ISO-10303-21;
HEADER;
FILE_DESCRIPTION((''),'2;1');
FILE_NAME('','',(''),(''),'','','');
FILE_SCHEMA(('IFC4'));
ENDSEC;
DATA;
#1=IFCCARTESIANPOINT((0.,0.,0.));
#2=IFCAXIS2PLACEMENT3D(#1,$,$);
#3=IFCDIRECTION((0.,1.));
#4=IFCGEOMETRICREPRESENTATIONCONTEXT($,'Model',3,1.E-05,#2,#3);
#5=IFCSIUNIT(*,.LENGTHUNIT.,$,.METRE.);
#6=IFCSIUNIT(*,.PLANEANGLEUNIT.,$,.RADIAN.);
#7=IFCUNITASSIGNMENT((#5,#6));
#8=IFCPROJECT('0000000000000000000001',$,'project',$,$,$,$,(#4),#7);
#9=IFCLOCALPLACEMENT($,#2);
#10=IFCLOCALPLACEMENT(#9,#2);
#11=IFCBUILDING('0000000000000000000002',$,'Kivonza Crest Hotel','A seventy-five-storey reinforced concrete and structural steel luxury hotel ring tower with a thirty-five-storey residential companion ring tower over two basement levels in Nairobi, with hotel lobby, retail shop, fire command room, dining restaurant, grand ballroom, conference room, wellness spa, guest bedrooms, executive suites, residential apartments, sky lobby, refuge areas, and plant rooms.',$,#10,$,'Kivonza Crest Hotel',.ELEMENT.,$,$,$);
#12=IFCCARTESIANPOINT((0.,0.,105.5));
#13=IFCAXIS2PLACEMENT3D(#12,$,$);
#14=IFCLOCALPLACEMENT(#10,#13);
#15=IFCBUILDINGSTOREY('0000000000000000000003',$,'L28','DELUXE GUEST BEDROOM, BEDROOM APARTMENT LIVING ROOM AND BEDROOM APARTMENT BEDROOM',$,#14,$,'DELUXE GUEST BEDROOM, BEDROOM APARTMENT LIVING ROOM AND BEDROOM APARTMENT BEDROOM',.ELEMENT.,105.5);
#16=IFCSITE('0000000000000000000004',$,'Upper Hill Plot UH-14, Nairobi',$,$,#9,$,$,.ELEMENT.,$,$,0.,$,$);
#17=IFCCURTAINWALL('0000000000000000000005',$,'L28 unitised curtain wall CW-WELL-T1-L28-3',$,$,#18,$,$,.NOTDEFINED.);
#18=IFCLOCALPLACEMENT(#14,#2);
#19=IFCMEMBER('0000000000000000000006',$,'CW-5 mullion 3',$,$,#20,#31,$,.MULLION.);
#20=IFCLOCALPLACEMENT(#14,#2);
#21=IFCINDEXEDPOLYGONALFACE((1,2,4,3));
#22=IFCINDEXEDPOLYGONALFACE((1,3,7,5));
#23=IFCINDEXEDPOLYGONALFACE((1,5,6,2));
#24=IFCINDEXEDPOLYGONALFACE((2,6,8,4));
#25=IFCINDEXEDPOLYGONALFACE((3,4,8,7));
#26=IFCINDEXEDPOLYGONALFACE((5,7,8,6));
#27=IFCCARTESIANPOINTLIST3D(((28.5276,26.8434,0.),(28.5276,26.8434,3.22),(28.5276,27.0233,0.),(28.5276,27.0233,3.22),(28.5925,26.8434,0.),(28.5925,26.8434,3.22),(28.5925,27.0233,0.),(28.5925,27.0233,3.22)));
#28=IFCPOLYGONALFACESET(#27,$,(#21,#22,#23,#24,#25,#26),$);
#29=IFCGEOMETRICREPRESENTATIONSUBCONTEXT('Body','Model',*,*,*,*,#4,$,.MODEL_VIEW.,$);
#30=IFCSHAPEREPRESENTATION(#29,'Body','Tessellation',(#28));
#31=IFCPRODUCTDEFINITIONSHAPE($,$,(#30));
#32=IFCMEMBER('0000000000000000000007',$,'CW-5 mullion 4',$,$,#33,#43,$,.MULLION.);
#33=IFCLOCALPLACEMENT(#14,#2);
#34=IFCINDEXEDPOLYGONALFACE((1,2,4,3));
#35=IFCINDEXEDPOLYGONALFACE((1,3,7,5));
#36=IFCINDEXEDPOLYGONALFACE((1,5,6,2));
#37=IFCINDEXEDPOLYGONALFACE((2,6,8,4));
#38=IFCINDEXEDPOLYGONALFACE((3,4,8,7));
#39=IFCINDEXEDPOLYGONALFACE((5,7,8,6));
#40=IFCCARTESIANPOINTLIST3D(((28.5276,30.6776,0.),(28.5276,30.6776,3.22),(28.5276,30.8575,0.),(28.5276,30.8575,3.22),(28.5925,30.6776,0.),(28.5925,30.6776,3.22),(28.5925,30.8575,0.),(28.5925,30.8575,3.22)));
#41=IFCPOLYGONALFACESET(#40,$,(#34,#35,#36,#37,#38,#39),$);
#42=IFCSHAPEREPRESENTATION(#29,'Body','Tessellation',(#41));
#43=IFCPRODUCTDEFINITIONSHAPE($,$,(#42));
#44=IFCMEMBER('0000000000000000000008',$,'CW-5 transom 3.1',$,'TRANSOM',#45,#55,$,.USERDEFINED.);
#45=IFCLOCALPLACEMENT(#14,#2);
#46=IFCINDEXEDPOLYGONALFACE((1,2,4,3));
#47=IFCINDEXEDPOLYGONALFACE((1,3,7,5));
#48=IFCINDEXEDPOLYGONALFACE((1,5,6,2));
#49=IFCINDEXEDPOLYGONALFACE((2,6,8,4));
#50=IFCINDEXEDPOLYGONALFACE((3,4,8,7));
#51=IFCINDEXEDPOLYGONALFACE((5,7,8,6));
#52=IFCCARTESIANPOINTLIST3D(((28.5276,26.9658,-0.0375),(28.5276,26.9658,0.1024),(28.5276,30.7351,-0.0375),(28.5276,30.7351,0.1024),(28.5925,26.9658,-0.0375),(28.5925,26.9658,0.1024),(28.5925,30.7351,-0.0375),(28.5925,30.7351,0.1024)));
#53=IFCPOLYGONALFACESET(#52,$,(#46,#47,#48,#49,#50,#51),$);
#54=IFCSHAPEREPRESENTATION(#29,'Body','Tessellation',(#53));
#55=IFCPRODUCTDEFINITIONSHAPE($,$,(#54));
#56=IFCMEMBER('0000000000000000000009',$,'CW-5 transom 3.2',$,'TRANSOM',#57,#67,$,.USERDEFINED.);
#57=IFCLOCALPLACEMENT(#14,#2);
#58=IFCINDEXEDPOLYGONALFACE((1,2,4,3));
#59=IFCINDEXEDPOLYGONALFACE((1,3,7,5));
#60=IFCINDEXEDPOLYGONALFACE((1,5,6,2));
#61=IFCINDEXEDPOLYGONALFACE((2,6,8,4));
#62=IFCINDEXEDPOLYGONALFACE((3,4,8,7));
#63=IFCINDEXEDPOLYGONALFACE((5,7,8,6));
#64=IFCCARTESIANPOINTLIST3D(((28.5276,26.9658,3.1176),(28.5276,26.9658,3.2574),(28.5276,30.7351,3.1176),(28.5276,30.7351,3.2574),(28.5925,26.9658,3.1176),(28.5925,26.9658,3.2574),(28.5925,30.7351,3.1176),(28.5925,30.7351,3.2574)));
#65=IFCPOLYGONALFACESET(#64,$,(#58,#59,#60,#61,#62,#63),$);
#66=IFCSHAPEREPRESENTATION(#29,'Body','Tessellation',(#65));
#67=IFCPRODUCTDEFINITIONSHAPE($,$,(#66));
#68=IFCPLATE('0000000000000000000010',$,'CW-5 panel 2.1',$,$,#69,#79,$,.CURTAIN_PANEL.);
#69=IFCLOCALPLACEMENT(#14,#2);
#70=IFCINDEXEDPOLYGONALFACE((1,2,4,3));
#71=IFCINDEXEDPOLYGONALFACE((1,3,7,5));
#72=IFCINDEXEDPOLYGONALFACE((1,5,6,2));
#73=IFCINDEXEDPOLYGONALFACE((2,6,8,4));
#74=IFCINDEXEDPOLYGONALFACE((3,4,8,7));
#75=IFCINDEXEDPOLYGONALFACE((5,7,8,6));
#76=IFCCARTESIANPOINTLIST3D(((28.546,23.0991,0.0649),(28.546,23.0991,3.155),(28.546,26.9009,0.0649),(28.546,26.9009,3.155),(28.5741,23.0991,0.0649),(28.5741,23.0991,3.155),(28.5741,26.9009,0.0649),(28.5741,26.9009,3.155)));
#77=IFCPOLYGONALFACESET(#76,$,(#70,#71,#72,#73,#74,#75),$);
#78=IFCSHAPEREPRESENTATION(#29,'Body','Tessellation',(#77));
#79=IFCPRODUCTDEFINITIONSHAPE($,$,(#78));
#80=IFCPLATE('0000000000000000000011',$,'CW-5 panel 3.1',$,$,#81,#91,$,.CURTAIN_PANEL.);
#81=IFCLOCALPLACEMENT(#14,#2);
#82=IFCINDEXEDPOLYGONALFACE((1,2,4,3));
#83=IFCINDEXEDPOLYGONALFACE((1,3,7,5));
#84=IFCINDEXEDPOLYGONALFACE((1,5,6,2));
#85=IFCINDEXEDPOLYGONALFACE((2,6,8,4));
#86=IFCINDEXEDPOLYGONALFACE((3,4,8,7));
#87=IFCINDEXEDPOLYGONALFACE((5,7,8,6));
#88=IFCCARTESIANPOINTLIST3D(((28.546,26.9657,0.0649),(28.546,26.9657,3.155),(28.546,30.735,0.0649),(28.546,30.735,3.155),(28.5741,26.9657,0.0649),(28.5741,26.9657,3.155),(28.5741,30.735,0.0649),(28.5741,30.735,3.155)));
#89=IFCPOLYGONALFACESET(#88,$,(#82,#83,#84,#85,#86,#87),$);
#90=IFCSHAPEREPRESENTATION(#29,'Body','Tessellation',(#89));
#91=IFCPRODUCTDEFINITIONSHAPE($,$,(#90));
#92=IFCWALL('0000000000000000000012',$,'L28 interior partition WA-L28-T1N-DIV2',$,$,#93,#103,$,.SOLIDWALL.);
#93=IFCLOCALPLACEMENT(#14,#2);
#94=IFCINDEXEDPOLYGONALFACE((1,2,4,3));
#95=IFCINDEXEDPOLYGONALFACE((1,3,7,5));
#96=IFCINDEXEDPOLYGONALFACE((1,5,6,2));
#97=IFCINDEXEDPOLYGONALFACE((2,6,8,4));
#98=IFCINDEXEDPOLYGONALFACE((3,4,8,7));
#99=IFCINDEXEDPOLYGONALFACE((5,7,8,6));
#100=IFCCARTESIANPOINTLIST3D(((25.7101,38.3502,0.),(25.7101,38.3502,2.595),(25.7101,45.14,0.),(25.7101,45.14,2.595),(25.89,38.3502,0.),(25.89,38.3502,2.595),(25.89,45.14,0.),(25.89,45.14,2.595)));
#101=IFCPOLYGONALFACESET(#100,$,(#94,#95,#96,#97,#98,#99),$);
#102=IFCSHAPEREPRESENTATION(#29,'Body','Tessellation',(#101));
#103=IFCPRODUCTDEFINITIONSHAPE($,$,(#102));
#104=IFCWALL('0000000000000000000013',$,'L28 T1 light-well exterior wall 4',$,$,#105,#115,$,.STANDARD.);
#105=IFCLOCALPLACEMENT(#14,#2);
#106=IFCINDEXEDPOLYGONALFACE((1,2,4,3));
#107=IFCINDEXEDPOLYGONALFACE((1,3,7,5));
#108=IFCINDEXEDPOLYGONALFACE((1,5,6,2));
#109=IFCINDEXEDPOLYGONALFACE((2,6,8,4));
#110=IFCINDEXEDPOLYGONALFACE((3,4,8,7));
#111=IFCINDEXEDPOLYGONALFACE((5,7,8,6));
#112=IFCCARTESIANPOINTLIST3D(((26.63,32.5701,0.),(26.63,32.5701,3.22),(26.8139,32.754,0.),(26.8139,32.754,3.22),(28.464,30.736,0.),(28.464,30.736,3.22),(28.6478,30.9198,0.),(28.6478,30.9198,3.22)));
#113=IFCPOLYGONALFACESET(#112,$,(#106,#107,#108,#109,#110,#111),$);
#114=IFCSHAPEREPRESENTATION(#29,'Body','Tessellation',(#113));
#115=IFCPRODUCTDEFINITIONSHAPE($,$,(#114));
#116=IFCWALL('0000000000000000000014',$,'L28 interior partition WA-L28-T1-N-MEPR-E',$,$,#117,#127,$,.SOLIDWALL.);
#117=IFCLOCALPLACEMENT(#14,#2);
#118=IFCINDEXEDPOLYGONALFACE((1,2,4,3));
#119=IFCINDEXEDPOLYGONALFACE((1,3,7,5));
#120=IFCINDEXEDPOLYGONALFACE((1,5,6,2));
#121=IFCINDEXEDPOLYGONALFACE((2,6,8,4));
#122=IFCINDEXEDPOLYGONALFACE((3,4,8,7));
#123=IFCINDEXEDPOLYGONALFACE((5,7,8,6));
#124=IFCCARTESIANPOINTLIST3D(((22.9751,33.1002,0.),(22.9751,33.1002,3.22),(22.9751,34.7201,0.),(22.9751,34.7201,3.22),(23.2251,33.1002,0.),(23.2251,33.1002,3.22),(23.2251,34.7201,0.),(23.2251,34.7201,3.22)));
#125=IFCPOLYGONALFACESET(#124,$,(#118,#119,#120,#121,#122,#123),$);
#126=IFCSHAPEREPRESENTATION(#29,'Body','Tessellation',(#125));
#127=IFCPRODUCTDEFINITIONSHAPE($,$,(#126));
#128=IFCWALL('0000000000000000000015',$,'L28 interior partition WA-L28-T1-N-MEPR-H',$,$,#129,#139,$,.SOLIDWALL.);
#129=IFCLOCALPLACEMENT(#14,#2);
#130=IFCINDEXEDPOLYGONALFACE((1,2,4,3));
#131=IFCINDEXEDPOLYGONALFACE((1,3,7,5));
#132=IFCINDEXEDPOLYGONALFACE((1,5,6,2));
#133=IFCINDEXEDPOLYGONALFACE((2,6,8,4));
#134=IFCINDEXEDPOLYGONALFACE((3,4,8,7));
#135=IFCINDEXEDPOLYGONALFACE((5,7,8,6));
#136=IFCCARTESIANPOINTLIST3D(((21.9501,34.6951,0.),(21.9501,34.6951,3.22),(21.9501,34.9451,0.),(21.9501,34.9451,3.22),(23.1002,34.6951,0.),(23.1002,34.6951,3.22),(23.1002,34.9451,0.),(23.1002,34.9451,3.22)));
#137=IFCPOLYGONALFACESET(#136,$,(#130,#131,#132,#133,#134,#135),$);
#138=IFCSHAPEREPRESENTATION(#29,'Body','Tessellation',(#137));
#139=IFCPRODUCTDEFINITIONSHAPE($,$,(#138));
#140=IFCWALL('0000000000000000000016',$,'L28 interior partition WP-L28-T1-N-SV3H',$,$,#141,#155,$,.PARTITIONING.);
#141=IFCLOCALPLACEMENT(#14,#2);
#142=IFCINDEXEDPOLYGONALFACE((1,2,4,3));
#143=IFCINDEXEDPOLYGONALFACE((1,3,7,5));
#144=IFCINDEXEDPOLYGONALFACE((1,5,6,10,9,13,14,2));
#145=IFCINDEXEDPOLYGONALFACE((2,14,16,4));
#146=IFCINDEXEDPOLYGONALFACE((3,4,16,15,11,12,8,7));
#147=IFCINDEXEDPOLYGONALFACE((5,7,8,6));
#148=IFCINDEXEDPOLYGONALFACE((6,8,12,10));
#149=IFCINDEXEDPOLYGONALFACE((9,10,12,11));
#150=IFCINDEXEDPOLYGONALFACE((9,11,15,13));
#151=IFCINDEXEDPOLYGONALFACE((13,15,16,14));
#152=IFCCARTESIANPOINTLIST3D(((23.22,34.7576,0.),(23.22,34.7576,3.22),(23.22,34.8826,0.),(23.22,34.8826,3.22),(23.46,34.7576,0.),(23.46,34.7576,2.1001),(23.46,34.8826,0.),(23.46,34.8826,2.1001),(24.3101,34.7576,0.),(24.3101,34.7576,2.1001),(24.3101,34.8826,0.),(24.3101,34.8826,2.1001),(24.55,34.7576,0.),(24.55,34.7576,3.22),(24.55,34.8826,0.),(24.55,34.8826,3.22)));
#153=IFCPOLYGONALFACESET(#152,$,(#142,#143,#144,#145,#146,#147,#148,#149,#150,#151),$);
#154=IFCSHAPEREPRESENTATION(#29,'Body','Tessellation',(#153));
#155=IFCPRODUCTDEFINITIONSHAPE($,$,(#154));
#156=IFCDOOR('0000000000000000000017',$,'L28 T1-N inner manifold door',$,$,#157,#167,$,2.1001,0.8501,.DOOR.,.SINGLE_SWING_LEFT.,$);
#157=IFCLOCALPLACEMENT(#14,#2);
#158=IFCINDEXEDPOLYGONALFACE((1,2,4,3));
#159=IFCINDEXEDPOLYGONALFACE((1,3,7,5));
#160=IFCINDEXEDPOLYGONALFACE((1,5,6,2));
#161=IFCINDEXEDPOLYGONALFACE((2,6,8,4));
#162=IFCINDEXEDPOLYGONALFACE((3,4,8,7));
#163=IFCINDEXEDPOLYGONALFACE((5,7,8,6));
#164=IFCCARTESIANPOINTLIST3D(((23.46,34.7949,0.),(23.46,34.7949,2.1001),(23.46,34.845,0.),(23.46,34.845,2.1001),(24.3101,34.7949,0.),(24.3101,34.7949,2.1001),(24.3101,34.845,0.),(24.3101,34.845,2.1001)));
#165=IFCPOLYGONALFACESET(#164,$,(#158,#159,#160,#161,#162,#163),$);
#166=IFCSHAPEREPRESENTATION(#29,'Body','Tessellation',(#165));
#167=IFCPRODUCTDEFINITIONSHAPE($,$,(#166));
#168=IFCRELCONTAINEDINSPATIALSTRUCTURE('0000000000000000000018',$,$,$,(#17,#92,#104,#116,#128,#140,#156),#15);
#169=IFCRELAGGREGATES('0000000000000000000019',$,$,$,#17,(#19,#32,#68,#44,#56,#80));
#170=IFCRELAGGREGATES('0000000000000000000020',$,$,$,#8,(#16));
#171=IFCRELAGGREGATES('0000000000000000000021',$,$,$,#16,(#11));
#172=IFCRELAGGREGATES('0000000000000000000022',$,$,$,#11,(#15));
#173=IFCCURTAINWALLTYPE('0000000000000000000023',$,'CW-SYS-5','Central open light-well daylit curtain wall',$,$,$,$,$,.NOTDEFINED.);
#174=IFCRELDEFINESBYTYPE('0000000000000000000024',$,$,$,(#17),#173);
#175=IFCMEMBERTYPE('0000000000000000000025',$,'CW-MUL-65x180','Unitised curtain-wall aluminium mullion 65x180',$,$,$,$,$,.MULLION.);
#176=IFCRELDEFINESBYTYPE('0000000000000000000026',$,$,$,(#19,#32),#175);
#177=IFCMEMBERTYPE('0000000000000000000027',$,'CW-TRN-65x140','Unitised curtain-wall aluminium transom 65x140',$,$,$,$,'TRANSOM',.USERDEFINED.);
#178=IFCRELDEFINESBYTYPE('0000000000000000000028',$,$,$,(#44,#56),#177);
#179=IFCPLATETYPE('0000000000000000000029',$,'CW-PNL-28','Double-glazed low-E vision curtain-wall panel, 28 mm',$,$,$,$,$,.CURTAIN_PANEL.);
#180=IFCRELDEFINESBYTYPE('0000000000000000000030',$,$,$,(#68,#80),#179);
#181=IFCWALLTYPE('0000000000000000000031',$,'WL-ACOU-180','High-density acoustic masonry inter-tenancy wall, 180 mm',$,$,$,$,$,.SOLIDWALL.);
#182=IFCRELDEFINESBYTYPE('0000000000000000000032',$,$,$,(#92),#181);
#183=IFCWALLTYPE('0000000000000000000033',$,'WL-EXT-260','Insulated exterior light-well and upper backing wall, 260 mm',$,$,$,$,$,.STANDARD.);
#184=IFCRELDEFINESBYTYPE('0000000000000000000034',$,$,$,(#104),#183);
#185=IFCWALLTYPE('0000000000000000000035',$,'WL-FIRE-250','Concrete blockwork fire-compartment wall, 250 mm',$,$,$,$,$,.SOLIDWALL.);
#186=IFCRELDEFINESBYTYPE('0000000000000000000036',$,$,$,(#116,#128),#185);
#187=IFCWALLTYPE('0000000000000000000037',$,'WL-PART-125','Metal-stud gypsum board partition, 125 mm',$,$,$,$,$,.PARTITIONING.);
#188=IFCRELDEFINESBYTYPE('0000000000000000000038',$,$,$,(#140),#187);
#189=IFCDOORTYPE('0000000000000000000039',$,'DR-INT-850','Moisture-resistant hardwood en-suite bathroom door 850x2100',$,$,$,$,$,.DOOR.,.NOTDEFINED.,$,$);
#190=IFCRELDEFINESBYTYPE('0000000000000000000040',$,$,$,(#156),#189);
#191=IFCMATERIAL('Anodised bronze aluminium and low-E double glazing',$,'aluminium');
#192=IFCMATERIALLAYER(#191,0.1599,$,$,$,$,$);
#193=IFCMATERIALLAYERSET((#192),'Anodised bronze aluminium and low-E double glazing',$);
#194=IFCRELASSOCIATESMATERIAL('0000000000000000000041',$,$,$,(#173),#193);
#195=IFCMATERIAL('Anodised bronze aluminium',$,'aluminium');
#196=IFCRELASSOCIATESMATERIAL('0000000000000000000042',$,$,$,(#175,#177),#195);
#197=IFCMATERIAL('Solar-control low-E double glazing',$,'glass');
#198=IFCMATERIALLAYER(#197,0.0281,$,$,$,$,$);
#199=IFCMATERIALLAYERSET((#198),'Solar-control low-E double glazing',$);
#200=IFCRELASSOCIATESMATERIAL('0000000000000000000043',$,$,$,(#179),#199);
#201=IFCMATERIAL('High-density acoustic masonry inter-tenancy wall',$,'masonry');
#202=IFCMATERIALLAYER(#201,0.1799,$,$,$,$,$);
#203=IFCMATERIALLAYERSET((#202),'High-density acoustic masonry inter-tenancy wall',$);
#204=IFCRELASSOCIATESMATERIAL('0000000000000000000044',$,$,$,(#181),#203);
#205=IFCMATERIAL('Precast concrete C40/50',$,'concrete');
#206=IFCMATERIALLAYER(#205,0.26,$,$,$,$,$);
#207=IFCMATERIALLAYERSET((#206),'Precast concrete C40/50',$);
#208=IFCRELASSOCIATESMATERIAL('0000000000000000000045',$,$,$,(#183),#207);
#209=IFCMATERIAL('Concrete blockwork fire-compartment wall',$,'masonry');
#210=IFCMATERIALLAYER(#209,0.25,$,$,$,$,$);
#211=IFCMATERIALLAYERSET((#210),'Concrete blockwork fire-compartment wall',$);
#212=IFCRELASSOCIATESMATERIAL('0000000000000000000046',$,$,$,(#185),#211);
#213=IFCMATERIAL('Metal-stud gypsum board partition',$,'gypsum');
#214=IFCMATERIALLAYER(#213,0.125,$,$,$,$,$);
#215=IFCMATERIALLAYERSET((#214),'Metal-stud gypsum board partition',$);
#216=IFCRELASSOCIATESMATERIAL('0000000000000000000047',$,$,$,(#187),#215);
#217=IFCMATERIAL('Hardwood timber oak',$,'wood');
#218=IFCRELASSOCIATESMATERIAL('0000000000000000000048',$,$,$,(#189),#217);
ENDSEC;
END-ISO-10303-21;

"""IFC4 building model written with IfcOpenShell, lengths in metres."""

from ifc_helpers import new_model, si_unit, direction, frame, frame_2d, origin, origin_2d, place, context, subcontext, project, spatial, rectangle, extrude, material, layer, layer_set, material_profile, profile_set, type_object, element, fill, aggregate, save


model = new_model("IFC4")

# Units and contexts
model_context = context("Model", 3, precision=1e-05, world=origin(), true_north=direction((0.0, 1.0)))
body_context = subcontext(model_context, "Body", "Model", "MODEL_VIEW")
ifc_project = project(units=[si_unit("LENGTHUNIT", "METRE"), si_unit("PLANEANGLEUNIT", "RADIAN")], contexts=[model_context])

# Site, building, storey
site_placement = place(None, origin())
site = spatial("IfcSite", under=ifc_project, at=site_placement, Name="Upper Hill Plot UH-14, Nairobi", CompositionType="ELEMENT", RefElevation=0.0)
building_placement = place(site_placement, origin())
building = spatial("IfcBuilding", under=site, at=building_placement, Name="Kivonza Crest Hotel", Description="A seventy-five-storey reinforced concrete and structural steel luxury hotel ring tower with a thirty-five-storey residential companion ring tower over two basement levels in Nairobi, with hotel lobby, retail shop, fire command room, dining restaurant, grand ballroom, conference room, wellness spa, guest bedrooms, executive suites, residential apartments, sky lobby, refuge areas, and plant rooms.", LongName="Kivonza Crest Hotel", CompositionType="ELEMENT")
storey_placement = place(building_placement, frame((0.0, 0.0, 105.5)))
storey = spatial("IfcBuildingStorey", under=building, at=storey_placement, Name="L28", Description="DELUXE GUEST BEDROOM, BEDROOM APARTMENT LIVING ROOM AND BEDROOM APARTMENT BEDROOM", LongName="DELUXE GUEST BEDROOM, BEDROOM APARTMENT LIVING ROOM AND BEDROOM APARTMENT BEDROOM", CompositionType="ELEMENT", Elevation=105.5)

# Curtain wall, members, plates
ifc_material_1 = material(Name="Anodised bronze aluminium and low-E double glazing", Category="aluminium")
ifc_layer_1 = layer(ifc_material_1, 0.1599)
ifc_layer_set_1 = layer_set([ifc_layer_1], Name="Anodised bronze aluminium and low-E double glazing")
curtain_wall_type = type_object("IfcCurtainWallType", Name="CW-SYS-5", Description="Central open light-well daylit curtain wall", PredefinedType="NOTDEFINED", material=ifc_layer_set_1)
curtain_wall_placement = place(storey_placement, origin())
curtain_wall = element("IfcCurtainWall", 1, at=curtain_wall_placement, inside=storey, type_object=curtain_wall_type, Name="L28 unitised curtain wall CW-WELL-T1-L28-3", PredefinedType="NOTDEFINED")
ifc_material_2 = material(Name="Anodised bronze aluminium", Category="aluminium")
ifc_material_profile_1 = material_profile(ifc_material_2, rectangle(XDim=0.0649, YDim=0.1799, at=origin_2d()), Name="CW-M 65x180")
ifc_profile_set_1 = profile_set([ifc_material_profile_1], Name="Anodised bronze aluminium")
member_type_1 = type_object("IfcMemberType", Name="CW-MUL-65x180", Description="Unitised curtain-wall aluminium mullion 65x180", PredefinedType="MULLION", material=ifc_profile_set_1)
member_1_placement = place(storey_placement, frame((28.5601, 26.9333, 0.0), z_axis=(0.0, 0.0, 1.0), x_axis=(-1.0, 0.0, 0.0)))
member_1 = element("IfcMember", 2, at=member_1_placement, type_object=member_type_1, Name="CW-5 mullion 3", PredefinedType="MULLION", context=body_context, shape_type="SweptSolid", body=[
    extrude(rectangle(XDim=0.0649, YDim=0.1799, at=origin_2d()), origin(), (0.0, 0.0, 1.0), 3.22),
])
member_2_placement = place(storey_placement, frame((28.5601, 30.7676, 0.0), z_axis=(0.0, 0.0, 1.0), x_axis=(-1.0, 0.0, 0.0)))
member_2 = element("IfcMember", 3, at=member_2_placement, type_object=member_type_1, Name="CW-5 mullion 4", PredefinedType="MULLION", context=body_context, shape_type="SweptSolid", body=[
    extrude(rectangle(XDim=0.0649, YDim=0.1799, at=origin_2d()), origin(), (0.0, 0.0, 1.0), 3.22),
])
ifc_material_profile_2 = material_profile(ifc_material_2, rectangle(XDim=0.0649, YDim=0.1399, at=origin_2d()), Name="CW-T 65x140")
ifc_profile_set_2 = profile_set([ifc_material_profile_2], Name="Anodised bronze aluminium")
member_type_2 = type_object("IfcMemberType", Name="CW-TRN-65x140", Description="Unitised curtain-wall aluminium transom 65x140", ElementType="TRANSOM", PredefinedType="USERDEFINED", material=ifc_profile_set_2)
member_3_placement = place(storey_placement, frame((28.5601, 26.9658, 0.0325), z_axis=(0.0, 1.0, 0.0), x_axis=(-1.0, 0.0, 0.0)))
member_3 = element("IfcMember", 4, at=member_3_placement, type_object=member_type_2, Name="CW-5 transom 3.1", ObjectType="TRANSOM", PredefinedType="USERDEFINED", context=body_context, shape_type="SweptSolid", body=[
    extrude(rectangle(XDim=0.0649, YDim=0.1399, at=origin_2d()), origin(), (0.0, 0.0, 1.0), 3.7693),
])
member_4_placement = place(storey_placement, frame((28.5601, 26.9658, 3.1875), z_axis=(0.0, 1.0, 0.0), x_axis=(-1.0, 0.0, 0.0)))
member_4 = element("IfcMember", 5, at=member_4_placement, type_object=member_type_2, Name="CW-5 transom 3.2", ObjectType="TRANSOM", PredefinedType="USERDEFINED", context=body_context, shape_type="SweptSolid", body=[
    extrude(rectangle(XDim=0.0649, YDim=0.1399, at=origin_2d()), origin(), (0.0, 0.0, 1.0), 3.7693),
])
ifc_material_3 = material(Name="Solar-control low-E double glazing", Category="glass")
ifc_layer_2 = layer(ifc_material_3, 0.0281)
ifc_layer_set_2 = layer_set([ifc_layer_2], Name="Solar-control low-E double glazing")
plate_type = type_object("IfcPlateType", Name="CW-PNL-28", Description="Double-glazed low-E vision curtain-wall panel, 28 mm", PredefinedType="CURTAIN_PANEL", material=ifc_layer_set_2)
plate_1_placement = place(storey_placement, frame((28.5601, 25.0, 0.0649), z_axis=(0.0, 0.0, 1.0), x_axis=(0.0, 1.0, 0.0)))
plate_1 = element("IfcPlate", 6, at=plate_1_placement, type_object=plate_type, Name="CW-5 panel 2.1", PredefinedType="CURTAIN_PANEL", context=body_context, shape_type="SweptSolid", body=[
    extrude(rectangle(XDim=3.8018, YDim=0.0281, at=origin_2d()), origin(), (0.0, 0.0, 1.0), 3.0901),
])
plate_2_placement = place(storey_placement, frame((28.5601, 28.8503, 0.0649), z_axis=(0.0, 0.0, 1.0), x_axis=(0.0, 1.0, 0.0)))
plate_2 = element("IfcPlate", 7, at=plate_2_placement, type_object=plate_type, Name="CW-5 panel 3.1", PredefinedType="CURTAIN_PANEL", context=body_context, shape_type="SweptSolid", body=[
    extrude(rectangle(XDim=3.7693, YDim=0.0281, at=origin_2d()), origin(), (0.0, 0.0, 1.0), 3.0901),
])
aggregate(curtain_wall, [member_1, member_2, plate_1, member_3, member_4, plate_2])

# Walls
ifc_material_4 = material(Name="High-density acoustic masonry inter-tenancy wall", Category="masonry")
ifc_layer_3 = layer(ifc_material_4, 0.1799)
ifc_layer_set_3 = layer_set([ifc_layer_3], Name="High-density acoustic masonry inter-tenancy wall")
wall_type_1 = type_object("IfcWallType", Name="WL-ACOU-180", Description="High-density acoustic masonry inter-tenancy wall, 180 mm", PredefinedType="SOLIDWALL", material=ifc_layer_set_3)
wall_1_placement = place(storey_placement, frame((25.8, 38.3501, 0.0), z_axis=(0.0, 0.0, 1.0), x_axis=(0.0, 1.0, 0.0)))
element("IfcWall", 8, at=wall_1_placement, inside=storey, type_object=wall_type_1, Name="L28 interior partition WA-L28-T1N-DIV2", PredefinedType="SOLIDWALL", context=body_context, shape_type="SweptSolid", body=[
    extrude(rectangle(XDim=6.7898, YDim=0.1799, at=frame_2d((3.395, 0.0))), origin(), (0.0, 0.0, 1.0), 2.595),
])
ifc_material_5 = material(Name="Precast concrete C40/50", Category="concrete")
ifc_layer_4 = layer(ifc_material_5, 0.26)
ifc_layer_set_4 = layer_set([ifc_layer_4], Name="Precast concrete C40/50")
wall_type_2 = type_object("IfcWallType", Name="WL-EXT-260", Description="Insulated exterior light-well and upper backing wall, 260 mm", PredefinedType="STANDARD", material=ifc_layer_set_4)
wall_2_placement = place(storey_placement, frame((28.5559, 30.8279, 0.0), z_axis=(0.0, 0.0, 1.0), x_axis=(-0.70706, 0.707154, 0.0)))
element("IfcWall", 9, at=wall_2_placement, inside=storey, type_object=wall_type_2, Name="L28 T1 light-well exterior wall 4", PredefinedType="STANDARD", context=body_context, shape_type="SweptSolid", body=[
    extrude(rectangle(XDim=2.5938, YDim=0.26, at=frame_2d((1.2969, 0.0))), origin(), (0.0, 0.0, 1.0), 3.22),
])
ifc_material_6 = material(Name="Concrete blockwork fire-compartment wall", Category="masonry")
ifc_layer_5 = layer(ifc_material_6, 0.25)
ifc_layer_set_5 = layer_set([ifc_layer_5], Name="Concrete blockwork fire-compartment wall")
wall_type_3 = type_object("IfcWallType", Name="WL-FIRE-250", Description="Concrete blockwork fire-compartment wall, 250 mm", PredefinedType="SOLIDWALL", material=ifc_layer_set_5)
wall_3_placement = place(storey_placement, frame((23.1001, 33.1001, 0.0), z_axis=(0.0, 0.0, 1.0), x_axis=(0.0, 1.0, 0.0)))
element("IfcWall", 10, at=wall_3_placement, inside=storey, type_object=wall_type_3, Name="L28 interior partition WA-L28-T1-N-MEPR-E", PredefinedType="SOLIDWALL", context=body_context, shape_type="SweptSolid", body=[
    extrude(rectangle(XDim=1.6199, YDim=0.25, at=frame_2d((0.8101, 0.0))), origin(), (0.0, 0.0, 1.0), 3.22),
])
wall_4_placement = place(storey_placement, frame((21.95, 34.8201, 0.0), z_axis=(0.0, 0.0, 1.0), x_axis=(1.0, 0.0, 0.0)))
element("IfcWall", 11, at=wall_4_placement, inside=storey, type_object=wall_type_3, Name="L28 interior partition WA-L28-T1-N-MEPR-H", PredefinedType="SOLIDWALL", context=body_context, shape_type="SweptSolid", body=[
    extrude(rectangle(XDim=1.1501, YDim=0.25, at=frame_2d((0.5752, 0.0))), origin(), (0.0, 0.0, 1.0), 3.22),
])

# Wall, opening, door
ifc_material_7 = material(Name="Metal-stud gypsum board partition", Category="gypsum")
ifc_layer_6 = layer(ifc_material_7, 0.125)
ifc_layer_set_6 = layer_set([ifc_layer_6], Name="Metal-stud gypsum board partition")
wall_type_4 = type_object("IfcWallType", Name="WL-PART-125", Description="Metal-stud gypsum board partition, 125 mm", PredefinedType="PARTITIONING", material=ifc_layer_set_6)
wall_5_placement = place(storey_placement, frame((23.22, 34.8201, 0.0), z_axis=(0.0, 0.0, 1.0), x_axis=(1.0, 0.0, 0.0)))
wall_5 = element("IfcWall", 12, at=wall_5_placement, inside=storey, type_object=wall_type_4, Name="L28 interior partition WP-L28-T1-N-SV3H", PredefinedType="PARTITIONING", context=body_context, shape_type="SweptSolid", body=[
    extrude(rectangle(XDim=1.3301, YDim=0.125, at=frame_2d((0.665, 0.0))), origin(), (0.0, 0.0, 1.0), 3.22),
])
opening_1_placement = place(wall_5_placement, frame((0.24, 0.0, 0.0)))
opening_1 = element("IfcOpeningElement", 13, at=opening_1_placement, cuts=wall_5, PredefinedType="OPENING", context=body_context, shape_type="SweptSolid", body=[
    extrude(rectangle(XDim=0.8501, YDim=2.1001, at=frame_2d((0.425, 1.05))), frame((0.0, 0.0725, 0.0), z_axis=(0.0, -1.0, 0.0), x_axis=(1.0, 0.0, 0.0)), (0.0, 0.0, 1.0), 0.145),
])
ifc_material_8 = material(Name="Hardwood timber oak", Category="wood")
door_type_1 = type_object("IfcDoorType", Name="DR-INT-850", Description="Moisture-resistant hardwood en-suite bathroom door 850x2100", OperationType="NOTDEFINED", PredefinedType="DOOR", material=ifc_material_8)
door_1_placement = place(opening_1_placement, origin())
door_1 = element("IfcDoor", 14, at=door_1_placement, inside=storey, type_object=door_type_1, Name="L28 T1-N inner manifold door", OperationType="SINGLE_SWING_LEFT", OverallHeight=2.1001, OverallWidth=0.8501, PredefinedType="DOOR", context=body_context, shape_type="SweptSolid", body=[
    extrude(rectangle(XDim=0.8501, YDim=2.1001, at=frame_2d((0.425, 1.05))), frame((0.0, 0.0249, 0.0), z_axis=(0.0, -1.0, 0.0), x_axis=(1.0, 0.0, 0.0)), (0.0, 0.0, 1.0), 0.05),
])
fill(opening_1, door_1)

save(model, "model.ifc")
